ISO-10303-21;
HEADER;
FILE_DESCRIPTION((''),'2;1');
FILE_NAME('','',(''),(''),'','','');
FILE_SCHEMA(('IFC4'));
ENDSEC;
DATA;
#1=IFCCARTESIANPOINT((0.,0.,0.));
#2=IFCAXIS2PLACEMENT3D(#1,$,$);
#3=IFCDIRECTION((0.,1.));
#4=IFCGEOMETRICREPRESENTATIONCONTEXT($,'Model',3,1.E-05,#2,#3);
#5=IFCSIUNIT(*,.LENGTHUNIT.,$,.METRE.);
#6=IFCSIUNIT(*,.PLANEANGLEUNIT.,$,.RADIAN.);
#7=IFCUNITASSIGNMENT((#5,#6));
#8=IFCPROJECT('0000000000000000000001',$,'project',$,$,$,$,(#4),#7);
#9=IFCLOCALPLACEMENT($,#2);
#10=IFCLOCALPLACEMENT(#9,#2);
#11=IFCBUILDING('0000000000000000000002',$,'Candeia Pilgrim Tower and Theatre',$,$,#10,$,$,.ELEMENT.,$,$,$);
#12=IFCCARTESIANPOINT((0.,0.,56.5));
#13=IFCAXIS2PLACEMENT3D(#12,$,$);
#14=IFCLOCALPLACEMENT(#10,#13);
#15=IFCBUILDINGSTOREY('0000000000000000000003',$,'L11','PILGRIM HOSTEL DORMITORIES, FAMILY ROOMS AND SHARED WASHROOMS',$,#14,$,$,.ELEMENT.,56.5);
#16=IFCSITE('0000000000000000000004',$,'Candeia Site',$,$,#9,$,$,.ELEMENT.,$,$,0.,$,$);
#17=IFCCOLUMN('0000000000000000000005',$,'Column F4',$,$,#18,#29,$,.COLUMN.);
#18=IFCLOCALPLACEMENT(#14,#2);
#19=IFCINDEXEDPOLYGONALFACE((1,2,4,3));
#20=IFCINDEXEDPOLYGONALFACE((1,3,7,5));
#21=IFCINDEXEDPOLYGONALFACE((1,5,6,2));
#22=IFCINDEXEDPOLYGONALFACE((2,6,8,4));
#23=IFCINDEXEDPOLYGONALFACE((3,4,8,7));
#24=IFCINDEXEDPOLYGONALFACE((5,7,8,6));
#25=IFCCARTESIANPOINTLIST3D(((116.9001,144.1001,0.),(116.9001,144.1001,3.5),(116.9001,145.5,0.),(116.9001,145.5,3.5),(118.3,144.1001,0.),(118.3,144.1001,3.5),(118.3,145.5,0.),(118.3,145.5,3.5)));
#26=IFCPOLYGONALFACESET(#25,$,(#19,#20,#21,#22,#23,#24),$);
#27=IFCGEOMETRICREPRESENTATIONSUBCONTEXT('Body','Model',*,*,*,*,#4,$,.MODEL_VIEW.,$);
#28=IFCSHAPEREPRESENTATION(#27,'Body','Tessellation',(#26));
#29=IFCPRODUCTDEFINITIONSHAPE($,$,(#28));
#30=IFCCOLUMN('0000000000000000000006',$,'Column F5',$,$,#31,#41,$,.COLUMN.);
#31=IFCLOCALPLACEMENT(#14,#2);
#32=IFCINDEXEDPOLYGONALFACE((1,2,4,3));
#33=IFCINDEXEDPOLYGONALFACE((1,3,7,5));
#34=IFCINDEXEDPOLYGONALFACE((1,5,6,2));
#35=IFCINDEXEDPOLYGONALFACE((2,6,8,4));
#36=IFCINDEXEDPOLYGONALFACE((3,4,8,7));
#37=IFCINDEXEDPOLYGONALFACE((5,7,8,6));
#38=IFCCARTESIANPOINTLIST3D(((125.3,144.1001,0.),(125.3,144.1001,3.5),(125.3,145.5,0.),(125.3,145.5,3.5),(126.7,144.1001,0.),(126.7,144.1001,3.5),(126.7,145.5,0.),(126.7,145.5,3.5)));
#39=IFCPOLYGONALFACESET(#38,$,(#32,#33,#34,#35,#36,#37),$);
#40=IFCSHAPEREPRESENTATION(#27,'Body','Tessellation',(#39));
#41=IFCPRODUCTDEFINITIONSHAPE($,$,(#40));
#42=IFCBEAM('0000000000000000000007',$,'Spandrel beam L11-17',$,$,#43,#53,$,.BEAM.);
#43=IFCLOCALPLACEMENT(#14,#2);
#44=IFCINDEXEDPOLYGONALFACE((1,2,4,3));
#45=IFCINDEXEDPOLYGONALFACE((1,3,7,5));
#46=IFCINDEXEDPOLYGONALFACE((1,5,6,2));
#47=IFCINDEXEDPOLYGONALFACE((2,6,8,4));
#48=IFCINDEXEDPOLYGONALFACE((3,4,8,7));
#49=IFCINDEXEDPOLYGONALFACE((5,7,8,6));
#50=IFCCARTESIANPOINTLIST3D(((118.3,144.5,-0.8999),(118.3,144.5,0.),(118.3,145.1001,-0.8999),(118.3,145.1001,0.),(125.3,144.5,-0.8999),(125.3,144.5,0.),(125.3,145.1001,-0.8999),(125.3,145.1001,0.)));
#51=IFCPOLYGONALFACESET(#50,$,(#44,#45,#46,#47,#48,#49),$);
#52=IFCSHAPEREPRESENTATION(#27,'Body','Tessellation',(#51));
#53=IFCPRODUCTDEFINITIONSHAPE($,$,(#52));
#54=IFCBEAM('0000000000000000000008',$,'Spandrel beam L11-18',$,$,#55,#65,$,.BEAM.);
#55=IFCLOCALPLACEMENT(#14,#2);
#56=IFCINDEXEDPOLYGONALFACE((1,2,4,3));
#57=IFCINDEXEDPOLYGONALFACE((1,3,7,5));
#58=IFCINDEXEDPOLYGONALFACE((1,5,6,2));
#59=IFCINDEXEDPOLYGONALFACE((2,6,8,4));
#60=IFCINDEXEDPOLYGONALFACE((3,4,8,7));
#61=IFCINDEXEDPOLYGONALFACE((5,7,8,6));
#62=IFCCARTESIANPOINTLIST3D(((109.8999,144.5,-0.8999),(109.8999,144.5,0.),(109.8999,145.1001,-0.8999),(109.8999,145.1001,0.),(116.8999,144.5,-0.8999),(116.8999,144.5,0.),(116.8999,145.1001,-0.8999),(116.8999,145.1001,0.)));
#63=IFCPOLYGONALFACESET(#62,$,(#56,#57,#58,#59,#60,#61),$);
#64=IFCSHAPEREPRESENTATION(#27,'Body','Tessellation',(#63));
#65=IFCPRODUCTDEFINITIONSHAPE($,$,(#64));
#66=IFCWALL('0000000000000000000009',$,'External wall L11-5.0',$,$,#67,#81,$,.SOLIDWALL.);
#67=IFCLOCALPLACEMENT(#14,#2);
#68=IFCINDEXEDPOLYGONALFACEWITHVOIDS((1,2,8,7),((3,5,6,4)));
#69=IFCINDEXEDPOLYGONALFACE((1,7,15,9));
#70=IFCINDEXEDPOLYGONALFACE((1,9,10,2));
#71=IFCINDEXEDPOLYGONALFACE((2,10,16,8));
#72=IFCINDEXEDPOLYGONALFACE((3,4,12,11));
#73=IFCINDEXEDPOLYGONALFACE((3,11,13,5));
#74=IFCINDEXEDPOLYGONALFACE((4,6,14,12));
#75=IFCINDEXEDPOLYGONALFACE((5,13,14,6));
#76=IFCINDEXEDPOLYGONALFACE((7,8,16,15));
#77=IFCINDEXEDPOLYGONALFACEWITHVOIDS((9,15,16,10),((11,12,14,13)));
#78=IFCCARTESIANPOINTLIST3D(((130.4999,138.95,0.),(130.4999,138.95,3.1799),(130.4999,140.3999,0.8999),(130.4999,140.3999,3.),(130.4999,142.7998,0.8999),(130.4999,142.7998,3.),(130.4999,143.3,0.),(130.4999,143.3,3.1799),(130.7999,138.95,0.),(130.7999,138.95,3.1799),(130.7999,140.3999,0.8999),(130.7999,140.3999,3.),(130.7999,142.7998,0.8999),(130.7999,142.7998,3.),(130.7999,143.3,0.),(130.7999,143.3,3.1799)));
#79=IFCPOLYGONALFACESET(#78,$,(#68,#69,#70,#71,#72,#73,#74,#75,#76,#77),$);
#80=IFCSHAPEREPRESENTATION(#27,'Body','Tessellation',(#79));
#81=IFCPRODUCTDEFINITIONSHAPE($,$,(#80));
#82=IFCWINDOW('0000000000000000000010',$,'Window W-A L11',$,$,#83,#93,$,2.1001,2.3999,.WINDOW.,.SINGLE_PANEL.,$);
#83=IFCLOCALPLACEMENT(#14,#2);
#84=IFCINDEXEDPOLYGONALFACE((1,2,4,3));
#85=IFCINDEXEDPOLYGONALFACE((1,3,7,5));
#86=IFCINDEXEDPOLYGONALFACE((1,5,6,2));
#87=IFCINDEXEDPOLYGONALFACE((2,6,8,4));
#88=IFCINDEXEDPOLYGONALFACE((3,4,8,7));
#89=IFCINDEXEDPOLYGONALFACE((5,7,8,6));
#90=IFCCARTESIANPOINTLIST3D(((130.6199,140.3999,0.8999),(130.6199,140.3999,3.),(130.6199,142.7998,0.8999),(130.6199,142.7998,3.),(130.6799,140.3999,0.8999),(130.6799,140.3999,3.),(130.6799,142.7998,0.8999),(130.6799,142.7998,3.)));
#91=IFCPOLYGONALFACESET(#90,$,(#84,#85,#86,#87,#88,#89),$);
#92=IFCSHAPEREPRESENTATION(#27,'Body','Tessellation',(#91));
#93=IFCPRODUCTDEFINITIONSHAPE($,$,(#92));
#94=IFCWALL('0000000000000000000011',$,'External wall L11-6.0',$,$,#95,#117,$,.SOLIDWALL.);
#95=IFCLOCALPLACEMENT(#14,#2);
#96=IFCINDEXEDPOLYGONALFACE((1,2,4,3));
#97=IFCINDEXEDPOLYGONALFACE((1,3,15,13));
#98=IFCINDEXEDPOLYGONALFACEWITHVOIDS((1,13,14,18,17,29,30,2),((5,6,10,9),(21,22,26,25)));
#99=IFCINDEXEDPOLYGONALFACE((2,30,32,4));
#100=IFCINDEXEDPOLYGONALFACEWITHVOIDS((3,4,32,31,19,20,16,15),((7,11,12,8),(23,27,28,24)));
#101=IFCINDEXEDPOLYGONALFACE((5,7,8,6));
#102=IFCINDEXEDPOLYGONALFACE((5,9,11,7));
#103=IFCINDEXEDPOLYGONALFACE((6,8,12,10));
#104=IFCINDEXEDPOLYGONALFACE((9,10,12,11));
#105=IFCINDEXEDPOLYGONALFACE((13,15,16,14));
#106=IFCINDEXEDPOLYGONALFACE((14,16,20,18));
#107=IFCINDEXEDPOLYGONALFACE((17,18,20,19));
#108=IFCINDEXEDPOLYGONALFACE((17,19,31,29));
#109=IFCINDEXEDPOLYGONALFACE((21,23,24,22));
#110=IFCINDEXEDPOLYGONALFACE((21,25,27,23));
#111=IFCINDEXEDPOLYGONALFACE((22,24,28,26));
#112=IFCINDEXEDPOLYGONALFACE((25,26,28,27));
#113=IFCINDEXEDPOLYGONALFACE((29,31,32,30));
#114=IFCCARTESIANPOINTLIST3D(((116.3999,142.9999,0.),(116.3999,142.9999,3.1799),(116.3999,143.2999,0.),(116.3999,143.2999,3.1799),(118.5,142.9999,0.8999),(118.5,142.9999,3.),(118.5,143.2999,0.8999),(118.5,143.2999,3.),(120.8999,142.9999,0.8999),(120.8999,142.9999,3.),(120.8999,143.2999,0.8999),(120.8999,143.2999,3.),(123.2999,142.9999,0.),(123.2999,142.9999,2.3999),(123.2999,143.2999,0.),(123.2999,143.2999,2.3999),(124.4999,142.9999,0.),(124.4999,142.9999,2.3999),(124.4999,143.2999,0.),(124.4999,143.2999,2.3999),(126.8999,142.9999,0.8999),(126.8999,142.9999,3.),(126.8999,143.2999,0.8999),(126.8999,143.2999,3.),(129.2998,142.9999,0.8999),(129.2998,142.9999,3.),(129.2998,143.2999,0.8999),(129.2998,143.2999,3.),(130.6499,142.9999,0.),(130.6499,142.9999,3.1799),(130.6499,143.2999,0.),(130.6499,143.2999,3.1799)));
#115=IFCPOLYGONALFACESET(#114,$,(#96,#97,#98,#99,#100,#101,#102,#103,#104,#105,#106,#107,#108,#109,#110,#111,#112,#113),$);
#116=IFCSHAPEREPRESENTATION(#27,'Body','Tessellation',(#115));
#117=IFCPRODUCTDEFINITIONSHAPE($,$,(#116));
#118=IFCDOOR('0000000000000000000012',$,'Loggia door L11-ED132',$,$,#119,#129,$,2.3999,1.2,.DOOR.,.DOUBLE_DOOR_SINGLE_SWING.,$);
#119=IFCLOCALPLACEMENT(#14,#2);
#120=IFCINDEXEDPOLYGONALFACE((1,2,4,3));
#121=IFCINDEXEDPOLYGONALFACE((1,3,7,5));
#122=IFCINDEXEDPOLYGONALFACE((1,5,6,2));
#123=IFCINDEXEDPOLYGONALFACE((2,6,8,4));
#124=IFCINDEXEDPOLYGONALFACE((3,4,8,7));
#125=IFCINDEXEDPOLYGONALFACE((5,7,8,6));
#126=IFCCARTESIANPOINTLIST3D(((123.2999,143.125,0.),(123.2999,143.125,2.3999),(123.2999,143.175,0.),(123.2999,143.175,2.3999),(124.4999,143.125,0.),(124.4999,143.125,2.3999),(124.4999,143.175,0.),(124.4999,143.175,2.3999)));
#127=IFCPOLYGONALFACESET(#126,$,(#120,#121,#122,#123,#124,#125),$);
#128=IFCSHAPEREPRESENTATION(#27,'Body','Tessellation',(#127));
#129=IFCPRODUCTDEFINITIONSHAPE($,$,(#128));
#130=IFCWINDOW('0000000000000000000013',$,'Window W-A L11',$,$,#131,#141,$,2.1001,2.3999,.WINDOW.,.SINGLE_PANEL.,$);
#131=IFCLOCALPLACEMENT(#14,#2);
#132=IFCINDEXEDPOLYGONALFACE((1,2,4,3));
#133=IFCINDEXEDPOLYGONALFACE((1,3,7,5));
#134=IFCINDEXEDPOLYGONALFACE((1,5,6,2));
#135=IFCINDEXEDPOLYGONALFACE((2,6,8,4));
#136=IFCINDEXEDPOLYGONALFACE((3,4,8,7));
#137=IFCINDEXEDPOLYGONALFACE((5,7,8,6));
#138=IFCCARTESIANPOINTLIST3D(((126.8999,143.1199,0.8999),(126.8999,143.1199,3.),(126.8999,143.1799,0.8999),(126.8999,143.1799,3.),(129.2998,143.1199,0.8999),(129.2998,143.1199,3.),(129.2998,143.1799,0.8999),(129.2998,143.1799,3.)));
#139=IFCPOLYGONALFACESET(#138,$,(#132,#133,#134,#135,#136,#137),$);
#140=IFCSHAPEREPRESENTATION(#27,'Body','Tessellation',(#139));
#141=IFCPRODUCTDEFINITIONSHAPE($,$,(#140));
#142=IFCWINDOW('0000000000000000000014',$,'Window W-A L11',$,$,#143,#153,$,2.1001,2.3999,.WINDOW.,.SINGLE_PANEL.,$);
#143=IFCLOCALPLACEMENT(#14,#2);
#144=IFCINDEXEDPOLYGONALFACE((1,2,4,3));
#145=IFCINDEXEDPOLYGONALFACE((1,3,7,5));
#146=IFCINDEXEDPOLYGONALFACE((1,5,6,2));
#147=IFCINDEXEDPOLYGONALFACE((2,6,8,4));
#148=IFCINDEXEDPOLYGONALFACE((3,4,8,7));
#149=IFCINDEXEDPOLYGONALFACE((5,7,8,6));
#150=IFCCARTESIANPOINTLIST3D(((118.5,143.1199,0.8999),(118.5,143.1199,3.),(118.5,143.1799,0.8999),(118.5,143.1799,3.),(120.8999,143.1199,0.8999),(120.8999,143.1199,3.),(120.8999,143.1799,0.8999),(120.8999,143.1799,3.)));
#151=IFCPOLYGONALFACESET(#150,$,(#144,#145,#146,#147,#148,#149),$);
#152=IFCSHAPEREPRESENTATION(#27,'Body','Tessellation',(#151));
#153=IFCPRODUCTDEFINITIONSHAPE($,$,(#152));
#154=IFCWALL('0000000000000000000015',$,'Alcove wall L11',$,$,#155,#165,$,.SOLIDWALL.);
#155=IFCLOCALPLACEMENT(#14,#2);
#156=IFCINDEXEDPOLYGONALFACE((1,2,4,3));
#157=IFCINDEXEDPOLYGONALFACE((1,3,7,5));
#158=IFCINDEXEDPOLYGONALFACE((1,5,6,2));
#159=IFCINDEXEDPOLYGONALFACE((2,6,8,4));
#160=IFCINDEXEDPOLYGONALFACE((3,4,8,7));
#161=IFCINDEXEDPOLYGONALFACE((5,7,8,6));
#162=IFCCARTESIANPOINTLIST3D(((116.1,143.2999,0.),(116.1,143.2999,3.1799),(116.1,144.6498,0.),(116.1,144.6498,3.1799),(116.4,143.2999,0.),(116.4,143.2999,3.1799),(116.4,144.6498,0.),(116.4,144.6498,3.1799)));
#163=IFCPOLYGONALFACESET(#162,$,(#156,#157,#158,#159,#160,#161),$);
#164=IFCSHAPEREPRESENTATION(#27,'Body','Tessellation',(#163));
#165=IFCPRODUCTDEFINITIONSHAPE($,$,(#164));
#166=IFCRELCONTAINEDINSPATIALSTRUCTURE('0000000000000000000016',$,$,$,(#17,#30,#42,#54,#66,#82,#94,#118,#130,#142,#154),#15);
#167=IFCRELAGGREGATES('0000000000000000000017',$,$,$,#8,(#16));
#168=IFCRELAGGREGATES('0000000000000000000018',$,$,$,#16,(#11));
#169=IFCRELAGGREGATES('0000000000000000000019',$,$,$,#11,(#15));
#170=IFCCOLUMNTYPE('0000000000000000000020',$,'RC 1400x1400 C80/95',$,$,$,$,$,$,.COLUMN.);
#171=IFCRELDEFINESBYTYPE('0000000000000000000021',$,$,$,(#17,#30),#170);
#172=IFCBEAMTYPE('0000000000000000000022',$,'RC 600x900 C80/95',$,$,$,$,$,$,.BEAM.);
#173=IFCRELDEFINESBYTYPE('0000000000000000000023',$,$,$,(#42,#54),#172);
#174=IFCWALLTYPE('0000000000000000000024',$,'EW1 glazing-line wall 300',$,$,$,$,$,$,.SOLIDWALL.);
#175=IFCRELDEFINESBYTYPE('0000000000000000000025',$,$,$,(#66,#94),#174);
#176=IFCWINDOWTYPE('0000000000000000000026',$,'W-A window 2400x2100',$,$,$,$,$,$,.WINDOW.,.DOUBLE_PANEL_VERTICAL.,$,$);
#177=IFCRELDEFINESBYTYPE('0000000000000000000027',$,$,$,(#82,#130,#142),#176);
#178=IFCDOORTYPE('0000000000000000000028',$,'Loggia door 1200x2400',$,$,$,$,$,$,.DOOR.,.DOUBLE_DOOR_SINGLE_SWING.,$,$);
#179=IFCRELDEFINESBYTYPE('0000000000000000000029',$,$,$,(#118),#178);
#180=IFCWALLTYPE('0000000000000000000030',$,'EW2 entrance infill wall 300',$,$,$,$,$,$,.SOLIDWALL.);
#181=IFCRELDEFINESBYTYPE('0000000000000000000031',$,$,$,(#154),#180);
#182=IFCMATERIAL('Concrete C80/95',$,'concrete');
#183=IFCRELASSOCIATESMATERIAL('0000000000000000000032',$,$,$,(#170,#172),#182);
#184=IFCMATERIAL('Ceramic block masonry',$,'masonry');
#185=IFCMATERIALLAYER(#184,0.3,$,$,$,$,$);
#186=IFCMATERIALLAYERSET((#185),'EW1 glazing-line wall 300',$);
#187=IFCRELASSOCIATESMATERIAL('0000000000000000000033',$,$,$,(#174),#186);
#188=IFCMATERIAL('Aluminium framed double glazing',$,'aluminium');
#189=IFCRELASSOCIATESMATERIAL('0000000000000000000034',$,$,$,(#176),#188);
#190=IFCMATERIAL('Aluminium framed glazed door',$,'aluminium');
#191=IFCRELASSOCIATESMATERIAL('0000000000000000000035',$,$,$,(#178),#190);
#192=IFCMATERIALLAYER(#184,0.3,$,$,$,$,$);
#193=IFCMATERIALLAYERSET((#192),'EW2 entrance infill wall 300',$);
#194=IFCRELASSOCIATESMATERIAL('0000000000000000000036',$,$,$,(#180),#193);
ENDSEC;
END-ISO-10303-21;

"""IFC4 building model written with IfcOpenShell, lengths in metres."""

from ifc_helpers import new_model, si_unit, direction, frame, frame_2d, origin, origin_2d, place, context, subcontext, project, spatial, rectangle, extrude, material, layer, layer_set, material_profile, profile_set, type_object, element, fill, save


model = new_model("IFC4")

# Units and contexts
model_context = context("Model", 3, precision=1e-05, world=origin(), true_north=direction((0.0, 1.0)))
body_context = subcontext(model_context, "Body", "Model", "MODEL_VIEW")
ifc_project = project(units=[si_unit("LENGTHUNIT", "METRE"), si_unit("PLANEANGLEUNIT", "RADIAN")], contexts=[model_context])

# Site, building, storey
site_placement = place(None, origin())
site = spatial("IfcSite", under=ifc_project, at=site_placement, Name="Candeia Site", CompositionType="ELEMENT", RefElevation=0.0)
building_placement = place(site_placement, origin())
building = spatial("IfcBuilding", under=site, at=building_placement, Name="Candeia Pilgrim Tower and Theatre", CompositionType="ELEMENT")
storey_placement = place(building_placement, frame((0.0, 0.0, 56.5)))
storey = spatial("IfcBuildingStorey", under=building, at=storey_placement, Name="L11", Description="PILGRIM HOSTEL DORMITORIES, FAMILY ROOMS AND SHARED WASHROOMS", CompositionType="ELEMENT", Elevation=56.5)

# Columns
ifc_material_1 = material(Name="Concrete C80/95", Category="concrete")
ifc_material_profile_1 = material_profile(ifc_material_1, rectangle(XDim=1.3999, YDim=1.3999, at=origin_2d()))
ifc_profile_set_1 = profile_set([ifc_material_profile_1], Name="Concrete C80/95")
column_type = type_object("IfcColumnType", Name="RC 1400x1400 C80/95", PredefinedType="COLUMN", material=ifc_profile_set_1)
for number, where, z_axis, x_axis, name in (
    (1, (117.6001, 144.8, 0.0), (0.0, 0.0, 1.0), (1.0, 0.0, 0.0), "Column F4"),
    (2, (126.0, 144.8, 0.0), (0.0, 0.0, 1.0), (1.0, 0.0, 0.0), "Column F5"),
):
    element("IfcColumn", number, at=place(storey_placement, frame(where, z_axis=z_axis, x_axis=x_axis)), inside=storey, type_object=column_type, Name=name, PredefinedType="COLUMN", context=body_context, shape_type="SweptSolid", body=[
        extrude(rectangle(XDim=1.3999, YDim=1.3999, at=origin_2d()), origin(), (0.0, 0.0, 1.0), 3.5),
    ])

# Beams
ifc_material_profile_2 = material_profile(ifc_material_1, rectangle(XDim=0.6001, YDim=0.8999, at=origin_2d()))
ifc_profile_set_2 = profile_set([ifc_material_profile_2], Name="Concrete C80/95")
beam_type = type_object("IfcBeamType", Name="RC 600x900 C80/95", PredefinedType="BEAM", material=ifc_profile_set_2)
for number, where, z_axis, x_axis, name in (
    (3, (125.3, 144.8, -0.45), (-1.0, 0.0, 0.0), (0.0, -1.0, 0.0), "Spandrel beam L11-17"),
    (4, (116.8999, 144.8, -0.45), (-1.0, 0.0, 0.0), (0.0, -1.0, 0.0), "Spandrel beam L11-18"),
):
    element("IfcBeam", number, at=place(storey_placement, frame(where, z_axis=z_axis, x_axis=x_axis)), inside=storey, type_object=beam_type, Name=name, PredefinedType="BEAM", context=body_context, shape_type="SweptSolid", body=[
        extrude(rectangle(XDim=0.6001, YDim=0.8999, at=origin_2d()), origin(), (0.0, 0.0, 1.0), 7.0),
    ])

# Wall, opening, window
ifc_material_2 = material(Name="Ceramic block masonry", Category="masonry")
ifc_layer_1 = layer(ifc_material_2, 0.3)
ifc_layer_set_1 = layer_set([ifc_layer_1], Name="EW1 glazing-line wall 300")
wall_type_1 = type_object("IfcWallType", Name="EW1 glazing-line wall 300", PredefinedType="SOLIDWALL", material=ifc_layer_set_1)
wall_1_placement = place(storey_placement, frame((130.6499, 138.95, 0.0), z_axis=(0.0, 0.0, 1.0), x_axis=(0.0, 1.0, 0.0)))
wall_1 = element("IfcWall", 5, at=wall_1_placement, inside=storey, type_object=wall_type_1, Name="External wall L11-5.0", PredefinedType="SOLIDWALL", context=body_context, shape_type="SweptSolid", body=[
    extrude(rectangle(XDim=4.3501, YDim=0.3, at=frame_2d((2.175, 0.0))), origin(), (0.0, 0.0, 1.0), 3.1799),
])
opening_1_placement = place(wall_1_placement, frame((1.45, 0.0, 0.8999)))
opening_1 = element("IfcOpeningElement", 6, at=opening_1_placement, cuts=wall_1, PredefinedType="OPENING", context=body_context, shape_type="SweptSolid", body=[
    extrude(rectangle(XDim=2.3999, YDim=2.1001, at=frame_2d((1.2, 1.05))), frame((0.0, 0.1602, 0.0), z_axis=(0.0, -1.0, 0.0), x_axis=(1.0, 0.0, 0.0)), (0.0, 0.0, 1.0), 0.3201),
])
ifc_material_3 = material(Name="Aluminium framed double glazing", Category="aluminium")
window_type = type_object("IfcWindowType", Name="W-A window 2400x2100", PartitioningType="DOUBLE_PANEL_VERTICAL", PredefinedType="WINDOW", material=ifc_material_3)
window_1_placement = place(opening_1_placement, origin())
window_1 = element("IfcWindow", 7, at=window_1_placement, inside=storey, type_object=window_type, Name="Window W-A L11", OverallHeight=2.1001, OverallWidth=2.3999, PartitioningType="SINGLE_PANEL", PredefinedType="WINDOW", context=body_context, shape_type="SweptSolid", body=[
    extrude(rectangle(XDim=2.3999, YDim=2.1001, at=frame_2d((1.2, 1.05))), frame((0.0, 0.03, 0.0), z_axis=(0.0, -1.0, 0.0), x_axis=(1.0, 0.0, 0.0)), (0.0, 0.0, 1.0), 0.0601),
])
fill(opening_1, window_1)

# Wall, openings, door, windows
wall_2_placement = place(storey_placement, frame((130.6499, 143.1499, 0.0), z_axis=(0.0, 0.0, 1.0), x_axis=(-1.0, 0.0, 0.0)))
wall_2 = element("IfcWall", 8, at=wall_2_placement, inside=storey, type_object=wall_type_1, Name="External wall L11-6.0", PredefinedType="SOLIDWALL", context=body_context, shape_type="SweptSolid", body=[
    extrude(rectangle(XDim=14.25, YDim=0.3, at=frame_2d((7.125, 0.0))), origin(), (0.0, 0.0, 1.0), 3.1799),
])
opening_2_placement = place(wall_2_placement, frame((1.3501, 0.0, 0.8999)))
opening_2 = element("IfcOpeningElement", 9, at=opening_2_placement, cuts=wall_2, PredefinedType="OPENING", context=body_context, shape_type="SweptSolid", body=[
    extrude(rectangle(XDim=2.3999, YDim=2.1001, at=frame_2d((1.2, 1.05))), frame((0.0, 0.1602, 0.0), z_axis=(0.0, -1.0, 0.0), x_axis=(1.0, 0.0, 0.0)), (0.0, 0.0, 1.0), 0.3201),
])
opening_3_placement = place(wall_2_placement, frame((6.1499, 0.0, 0.0)))
opening_3 = element("IfcOpeningElement", 10, at=opening_3_placement, cuts=wall_2, PredefinedType="OPENING", context=body_context, shape_type="SweptSolid", body=[
    extrude(rectangle(XDim=1.2, YDim=2.3999, at=frame_2d((0.6001, 1.2))), frame((0.0, 0.1602, 0.0), z_axis=(0.0, -1.0, 0.0), x_axis=(1.0, 0.0, 0.0)), (0.0, 0.0, 1.0), 0.3201),
])
opening_4_placement = place(wall_2_placement, frame((9.75, 0.0, 0.8999)))
opening_4 = element("IfcOpeningElement", 11, at=opening_4_placement, cuts=wall_2, PredefinedType="OPENING", context=body_context, shape_type="SweptSolid", body=[
    extrude(rectangle(XDim=2.3999, YDim=2.1001, at=frame_2d((1.2, 1.05))), frame((0.0, 0.1602, 0.0), z_axis=(0.0, -1.0, 0.0), x_axis=(1.0, 0.0, 0.0)), (0.0, 0.0, 1.0), 0.3201),
])
ifc_material_4 = material(Name="Aluminium framed glazed door", Category="aluminium")
door_type_1 = type_object("IfcDoorType", Name="Loggia door 1200x2400", OperationType="DOUBLE_DOOR_SINGLE_SWING", PredefinedType="DOOR", material=ifc_material_4)
door_1_placement = place(opening_3_placement, origin())
door_1 = element("IfcDoor", 12, at=door_1_placement, inside=storey, type_object=door_type_1, Name="Loggia door L11-ED132", OperationType="DOUBLE_DOOR_SINGLE_SWING", OverallHeight=2.3999, OverallWidth=1.2, PredefinedType="DOOR", context=body_context, shape_type="SweptSolid", body=[
    extrude(rectangle(XDim=1.2, YDim=2.3999, at=frame_2d((0.6001, 1.2))), frame((0.0, 0.0249, 0.0), z_axis=(0.0, -1.0, 0.0), x_axis=(1.0, 0.0, 0.0)), (0.0, 0.0, 1.0), 0.05),
])
fill(opening_3, door_1)
window_2_placement = place(opening_2_placement, origin())
window_2 = element("IfcWindow", 13, at=window_2_placement, inside=storey, type_object=window_type, Name="Window W-A L11", OverallHeight=2.1001, OverallWidth=2.3999, PartitioningType="SINGLE_PANEL", PredefinedType="WINDOW", context=body_context, shape_type="SweptSolid", body=[
    extrude(rectangle(XDim=2.3999, YDim=2.1001, at=frame_2d((1.2, 1.05))), frame((0.0, 0.03, 0.0), z_axis=(0.0, -1.0, 0.0), x_axis=(1.0, 0.0, 0.0)), (0.0, 0.0, 1.0), 0.0601),
])
fill(opening_2, window_2)
window_3_placement = place(opening_4_placement, origin())
window_3 = element("IfcWindow", 14, at=window_3_placement, inside=storey, type_object=window_type, Name="Window W-A L11", OverallHeight=2.1001, OverallWidth=2.3999, PartitioningType="SINGLE_PANEL", PredefinedType="WINDOW", context=body_context, shape_type="SweptSolid", body=[
    extrude(rectangle(XDim=2.3999, YDim=2.1001, at=frame_2d((1.2, 1.05))), frame((0.0, 0.03, 0.0), z_axis=(0.0, -1.0, 0.0), x_axis=(1.0, 0.0, 0.0)), (0.0, 0.0, 1.0), 0.0601),
])
fill(opening_4, window_3)

# Wall
ifc_layer_2 = layer(ifc_material_2, 0.3)
ifc_layer_set_2 = layer_set([ifc_layer_2], Name="EW2 entrance infill wall 300")
wall_type_2 = type_object("IfcWallType", Name="EW2 entrance infill wall 300", PredefinedType="SOLIDWALL", material=ifc_layer_set_2)
wall_3_placement = place(storey_placement, frame((116.25, 143.3, 0.0), z_axis=(0.0, 0.0, 1.0), x_axis=(0.0, 1.0, 0.0)))
element("IfcWall", 15, at=wall_3_placement, inside=storey, type_object=wall_type_2, Name="Alcove wall L11", PredefinedType="SOLIDWALL", context=body_context, shape_type="SweptSolid", body=[
    extrude(rectangle(XDim=1.3499, YDim=0.3, at=frame_2d((0.6748, 0.0))), origin(), (0.0, 0.0, 1.0), 3.1799),
])

save(model, "model.ifc")
